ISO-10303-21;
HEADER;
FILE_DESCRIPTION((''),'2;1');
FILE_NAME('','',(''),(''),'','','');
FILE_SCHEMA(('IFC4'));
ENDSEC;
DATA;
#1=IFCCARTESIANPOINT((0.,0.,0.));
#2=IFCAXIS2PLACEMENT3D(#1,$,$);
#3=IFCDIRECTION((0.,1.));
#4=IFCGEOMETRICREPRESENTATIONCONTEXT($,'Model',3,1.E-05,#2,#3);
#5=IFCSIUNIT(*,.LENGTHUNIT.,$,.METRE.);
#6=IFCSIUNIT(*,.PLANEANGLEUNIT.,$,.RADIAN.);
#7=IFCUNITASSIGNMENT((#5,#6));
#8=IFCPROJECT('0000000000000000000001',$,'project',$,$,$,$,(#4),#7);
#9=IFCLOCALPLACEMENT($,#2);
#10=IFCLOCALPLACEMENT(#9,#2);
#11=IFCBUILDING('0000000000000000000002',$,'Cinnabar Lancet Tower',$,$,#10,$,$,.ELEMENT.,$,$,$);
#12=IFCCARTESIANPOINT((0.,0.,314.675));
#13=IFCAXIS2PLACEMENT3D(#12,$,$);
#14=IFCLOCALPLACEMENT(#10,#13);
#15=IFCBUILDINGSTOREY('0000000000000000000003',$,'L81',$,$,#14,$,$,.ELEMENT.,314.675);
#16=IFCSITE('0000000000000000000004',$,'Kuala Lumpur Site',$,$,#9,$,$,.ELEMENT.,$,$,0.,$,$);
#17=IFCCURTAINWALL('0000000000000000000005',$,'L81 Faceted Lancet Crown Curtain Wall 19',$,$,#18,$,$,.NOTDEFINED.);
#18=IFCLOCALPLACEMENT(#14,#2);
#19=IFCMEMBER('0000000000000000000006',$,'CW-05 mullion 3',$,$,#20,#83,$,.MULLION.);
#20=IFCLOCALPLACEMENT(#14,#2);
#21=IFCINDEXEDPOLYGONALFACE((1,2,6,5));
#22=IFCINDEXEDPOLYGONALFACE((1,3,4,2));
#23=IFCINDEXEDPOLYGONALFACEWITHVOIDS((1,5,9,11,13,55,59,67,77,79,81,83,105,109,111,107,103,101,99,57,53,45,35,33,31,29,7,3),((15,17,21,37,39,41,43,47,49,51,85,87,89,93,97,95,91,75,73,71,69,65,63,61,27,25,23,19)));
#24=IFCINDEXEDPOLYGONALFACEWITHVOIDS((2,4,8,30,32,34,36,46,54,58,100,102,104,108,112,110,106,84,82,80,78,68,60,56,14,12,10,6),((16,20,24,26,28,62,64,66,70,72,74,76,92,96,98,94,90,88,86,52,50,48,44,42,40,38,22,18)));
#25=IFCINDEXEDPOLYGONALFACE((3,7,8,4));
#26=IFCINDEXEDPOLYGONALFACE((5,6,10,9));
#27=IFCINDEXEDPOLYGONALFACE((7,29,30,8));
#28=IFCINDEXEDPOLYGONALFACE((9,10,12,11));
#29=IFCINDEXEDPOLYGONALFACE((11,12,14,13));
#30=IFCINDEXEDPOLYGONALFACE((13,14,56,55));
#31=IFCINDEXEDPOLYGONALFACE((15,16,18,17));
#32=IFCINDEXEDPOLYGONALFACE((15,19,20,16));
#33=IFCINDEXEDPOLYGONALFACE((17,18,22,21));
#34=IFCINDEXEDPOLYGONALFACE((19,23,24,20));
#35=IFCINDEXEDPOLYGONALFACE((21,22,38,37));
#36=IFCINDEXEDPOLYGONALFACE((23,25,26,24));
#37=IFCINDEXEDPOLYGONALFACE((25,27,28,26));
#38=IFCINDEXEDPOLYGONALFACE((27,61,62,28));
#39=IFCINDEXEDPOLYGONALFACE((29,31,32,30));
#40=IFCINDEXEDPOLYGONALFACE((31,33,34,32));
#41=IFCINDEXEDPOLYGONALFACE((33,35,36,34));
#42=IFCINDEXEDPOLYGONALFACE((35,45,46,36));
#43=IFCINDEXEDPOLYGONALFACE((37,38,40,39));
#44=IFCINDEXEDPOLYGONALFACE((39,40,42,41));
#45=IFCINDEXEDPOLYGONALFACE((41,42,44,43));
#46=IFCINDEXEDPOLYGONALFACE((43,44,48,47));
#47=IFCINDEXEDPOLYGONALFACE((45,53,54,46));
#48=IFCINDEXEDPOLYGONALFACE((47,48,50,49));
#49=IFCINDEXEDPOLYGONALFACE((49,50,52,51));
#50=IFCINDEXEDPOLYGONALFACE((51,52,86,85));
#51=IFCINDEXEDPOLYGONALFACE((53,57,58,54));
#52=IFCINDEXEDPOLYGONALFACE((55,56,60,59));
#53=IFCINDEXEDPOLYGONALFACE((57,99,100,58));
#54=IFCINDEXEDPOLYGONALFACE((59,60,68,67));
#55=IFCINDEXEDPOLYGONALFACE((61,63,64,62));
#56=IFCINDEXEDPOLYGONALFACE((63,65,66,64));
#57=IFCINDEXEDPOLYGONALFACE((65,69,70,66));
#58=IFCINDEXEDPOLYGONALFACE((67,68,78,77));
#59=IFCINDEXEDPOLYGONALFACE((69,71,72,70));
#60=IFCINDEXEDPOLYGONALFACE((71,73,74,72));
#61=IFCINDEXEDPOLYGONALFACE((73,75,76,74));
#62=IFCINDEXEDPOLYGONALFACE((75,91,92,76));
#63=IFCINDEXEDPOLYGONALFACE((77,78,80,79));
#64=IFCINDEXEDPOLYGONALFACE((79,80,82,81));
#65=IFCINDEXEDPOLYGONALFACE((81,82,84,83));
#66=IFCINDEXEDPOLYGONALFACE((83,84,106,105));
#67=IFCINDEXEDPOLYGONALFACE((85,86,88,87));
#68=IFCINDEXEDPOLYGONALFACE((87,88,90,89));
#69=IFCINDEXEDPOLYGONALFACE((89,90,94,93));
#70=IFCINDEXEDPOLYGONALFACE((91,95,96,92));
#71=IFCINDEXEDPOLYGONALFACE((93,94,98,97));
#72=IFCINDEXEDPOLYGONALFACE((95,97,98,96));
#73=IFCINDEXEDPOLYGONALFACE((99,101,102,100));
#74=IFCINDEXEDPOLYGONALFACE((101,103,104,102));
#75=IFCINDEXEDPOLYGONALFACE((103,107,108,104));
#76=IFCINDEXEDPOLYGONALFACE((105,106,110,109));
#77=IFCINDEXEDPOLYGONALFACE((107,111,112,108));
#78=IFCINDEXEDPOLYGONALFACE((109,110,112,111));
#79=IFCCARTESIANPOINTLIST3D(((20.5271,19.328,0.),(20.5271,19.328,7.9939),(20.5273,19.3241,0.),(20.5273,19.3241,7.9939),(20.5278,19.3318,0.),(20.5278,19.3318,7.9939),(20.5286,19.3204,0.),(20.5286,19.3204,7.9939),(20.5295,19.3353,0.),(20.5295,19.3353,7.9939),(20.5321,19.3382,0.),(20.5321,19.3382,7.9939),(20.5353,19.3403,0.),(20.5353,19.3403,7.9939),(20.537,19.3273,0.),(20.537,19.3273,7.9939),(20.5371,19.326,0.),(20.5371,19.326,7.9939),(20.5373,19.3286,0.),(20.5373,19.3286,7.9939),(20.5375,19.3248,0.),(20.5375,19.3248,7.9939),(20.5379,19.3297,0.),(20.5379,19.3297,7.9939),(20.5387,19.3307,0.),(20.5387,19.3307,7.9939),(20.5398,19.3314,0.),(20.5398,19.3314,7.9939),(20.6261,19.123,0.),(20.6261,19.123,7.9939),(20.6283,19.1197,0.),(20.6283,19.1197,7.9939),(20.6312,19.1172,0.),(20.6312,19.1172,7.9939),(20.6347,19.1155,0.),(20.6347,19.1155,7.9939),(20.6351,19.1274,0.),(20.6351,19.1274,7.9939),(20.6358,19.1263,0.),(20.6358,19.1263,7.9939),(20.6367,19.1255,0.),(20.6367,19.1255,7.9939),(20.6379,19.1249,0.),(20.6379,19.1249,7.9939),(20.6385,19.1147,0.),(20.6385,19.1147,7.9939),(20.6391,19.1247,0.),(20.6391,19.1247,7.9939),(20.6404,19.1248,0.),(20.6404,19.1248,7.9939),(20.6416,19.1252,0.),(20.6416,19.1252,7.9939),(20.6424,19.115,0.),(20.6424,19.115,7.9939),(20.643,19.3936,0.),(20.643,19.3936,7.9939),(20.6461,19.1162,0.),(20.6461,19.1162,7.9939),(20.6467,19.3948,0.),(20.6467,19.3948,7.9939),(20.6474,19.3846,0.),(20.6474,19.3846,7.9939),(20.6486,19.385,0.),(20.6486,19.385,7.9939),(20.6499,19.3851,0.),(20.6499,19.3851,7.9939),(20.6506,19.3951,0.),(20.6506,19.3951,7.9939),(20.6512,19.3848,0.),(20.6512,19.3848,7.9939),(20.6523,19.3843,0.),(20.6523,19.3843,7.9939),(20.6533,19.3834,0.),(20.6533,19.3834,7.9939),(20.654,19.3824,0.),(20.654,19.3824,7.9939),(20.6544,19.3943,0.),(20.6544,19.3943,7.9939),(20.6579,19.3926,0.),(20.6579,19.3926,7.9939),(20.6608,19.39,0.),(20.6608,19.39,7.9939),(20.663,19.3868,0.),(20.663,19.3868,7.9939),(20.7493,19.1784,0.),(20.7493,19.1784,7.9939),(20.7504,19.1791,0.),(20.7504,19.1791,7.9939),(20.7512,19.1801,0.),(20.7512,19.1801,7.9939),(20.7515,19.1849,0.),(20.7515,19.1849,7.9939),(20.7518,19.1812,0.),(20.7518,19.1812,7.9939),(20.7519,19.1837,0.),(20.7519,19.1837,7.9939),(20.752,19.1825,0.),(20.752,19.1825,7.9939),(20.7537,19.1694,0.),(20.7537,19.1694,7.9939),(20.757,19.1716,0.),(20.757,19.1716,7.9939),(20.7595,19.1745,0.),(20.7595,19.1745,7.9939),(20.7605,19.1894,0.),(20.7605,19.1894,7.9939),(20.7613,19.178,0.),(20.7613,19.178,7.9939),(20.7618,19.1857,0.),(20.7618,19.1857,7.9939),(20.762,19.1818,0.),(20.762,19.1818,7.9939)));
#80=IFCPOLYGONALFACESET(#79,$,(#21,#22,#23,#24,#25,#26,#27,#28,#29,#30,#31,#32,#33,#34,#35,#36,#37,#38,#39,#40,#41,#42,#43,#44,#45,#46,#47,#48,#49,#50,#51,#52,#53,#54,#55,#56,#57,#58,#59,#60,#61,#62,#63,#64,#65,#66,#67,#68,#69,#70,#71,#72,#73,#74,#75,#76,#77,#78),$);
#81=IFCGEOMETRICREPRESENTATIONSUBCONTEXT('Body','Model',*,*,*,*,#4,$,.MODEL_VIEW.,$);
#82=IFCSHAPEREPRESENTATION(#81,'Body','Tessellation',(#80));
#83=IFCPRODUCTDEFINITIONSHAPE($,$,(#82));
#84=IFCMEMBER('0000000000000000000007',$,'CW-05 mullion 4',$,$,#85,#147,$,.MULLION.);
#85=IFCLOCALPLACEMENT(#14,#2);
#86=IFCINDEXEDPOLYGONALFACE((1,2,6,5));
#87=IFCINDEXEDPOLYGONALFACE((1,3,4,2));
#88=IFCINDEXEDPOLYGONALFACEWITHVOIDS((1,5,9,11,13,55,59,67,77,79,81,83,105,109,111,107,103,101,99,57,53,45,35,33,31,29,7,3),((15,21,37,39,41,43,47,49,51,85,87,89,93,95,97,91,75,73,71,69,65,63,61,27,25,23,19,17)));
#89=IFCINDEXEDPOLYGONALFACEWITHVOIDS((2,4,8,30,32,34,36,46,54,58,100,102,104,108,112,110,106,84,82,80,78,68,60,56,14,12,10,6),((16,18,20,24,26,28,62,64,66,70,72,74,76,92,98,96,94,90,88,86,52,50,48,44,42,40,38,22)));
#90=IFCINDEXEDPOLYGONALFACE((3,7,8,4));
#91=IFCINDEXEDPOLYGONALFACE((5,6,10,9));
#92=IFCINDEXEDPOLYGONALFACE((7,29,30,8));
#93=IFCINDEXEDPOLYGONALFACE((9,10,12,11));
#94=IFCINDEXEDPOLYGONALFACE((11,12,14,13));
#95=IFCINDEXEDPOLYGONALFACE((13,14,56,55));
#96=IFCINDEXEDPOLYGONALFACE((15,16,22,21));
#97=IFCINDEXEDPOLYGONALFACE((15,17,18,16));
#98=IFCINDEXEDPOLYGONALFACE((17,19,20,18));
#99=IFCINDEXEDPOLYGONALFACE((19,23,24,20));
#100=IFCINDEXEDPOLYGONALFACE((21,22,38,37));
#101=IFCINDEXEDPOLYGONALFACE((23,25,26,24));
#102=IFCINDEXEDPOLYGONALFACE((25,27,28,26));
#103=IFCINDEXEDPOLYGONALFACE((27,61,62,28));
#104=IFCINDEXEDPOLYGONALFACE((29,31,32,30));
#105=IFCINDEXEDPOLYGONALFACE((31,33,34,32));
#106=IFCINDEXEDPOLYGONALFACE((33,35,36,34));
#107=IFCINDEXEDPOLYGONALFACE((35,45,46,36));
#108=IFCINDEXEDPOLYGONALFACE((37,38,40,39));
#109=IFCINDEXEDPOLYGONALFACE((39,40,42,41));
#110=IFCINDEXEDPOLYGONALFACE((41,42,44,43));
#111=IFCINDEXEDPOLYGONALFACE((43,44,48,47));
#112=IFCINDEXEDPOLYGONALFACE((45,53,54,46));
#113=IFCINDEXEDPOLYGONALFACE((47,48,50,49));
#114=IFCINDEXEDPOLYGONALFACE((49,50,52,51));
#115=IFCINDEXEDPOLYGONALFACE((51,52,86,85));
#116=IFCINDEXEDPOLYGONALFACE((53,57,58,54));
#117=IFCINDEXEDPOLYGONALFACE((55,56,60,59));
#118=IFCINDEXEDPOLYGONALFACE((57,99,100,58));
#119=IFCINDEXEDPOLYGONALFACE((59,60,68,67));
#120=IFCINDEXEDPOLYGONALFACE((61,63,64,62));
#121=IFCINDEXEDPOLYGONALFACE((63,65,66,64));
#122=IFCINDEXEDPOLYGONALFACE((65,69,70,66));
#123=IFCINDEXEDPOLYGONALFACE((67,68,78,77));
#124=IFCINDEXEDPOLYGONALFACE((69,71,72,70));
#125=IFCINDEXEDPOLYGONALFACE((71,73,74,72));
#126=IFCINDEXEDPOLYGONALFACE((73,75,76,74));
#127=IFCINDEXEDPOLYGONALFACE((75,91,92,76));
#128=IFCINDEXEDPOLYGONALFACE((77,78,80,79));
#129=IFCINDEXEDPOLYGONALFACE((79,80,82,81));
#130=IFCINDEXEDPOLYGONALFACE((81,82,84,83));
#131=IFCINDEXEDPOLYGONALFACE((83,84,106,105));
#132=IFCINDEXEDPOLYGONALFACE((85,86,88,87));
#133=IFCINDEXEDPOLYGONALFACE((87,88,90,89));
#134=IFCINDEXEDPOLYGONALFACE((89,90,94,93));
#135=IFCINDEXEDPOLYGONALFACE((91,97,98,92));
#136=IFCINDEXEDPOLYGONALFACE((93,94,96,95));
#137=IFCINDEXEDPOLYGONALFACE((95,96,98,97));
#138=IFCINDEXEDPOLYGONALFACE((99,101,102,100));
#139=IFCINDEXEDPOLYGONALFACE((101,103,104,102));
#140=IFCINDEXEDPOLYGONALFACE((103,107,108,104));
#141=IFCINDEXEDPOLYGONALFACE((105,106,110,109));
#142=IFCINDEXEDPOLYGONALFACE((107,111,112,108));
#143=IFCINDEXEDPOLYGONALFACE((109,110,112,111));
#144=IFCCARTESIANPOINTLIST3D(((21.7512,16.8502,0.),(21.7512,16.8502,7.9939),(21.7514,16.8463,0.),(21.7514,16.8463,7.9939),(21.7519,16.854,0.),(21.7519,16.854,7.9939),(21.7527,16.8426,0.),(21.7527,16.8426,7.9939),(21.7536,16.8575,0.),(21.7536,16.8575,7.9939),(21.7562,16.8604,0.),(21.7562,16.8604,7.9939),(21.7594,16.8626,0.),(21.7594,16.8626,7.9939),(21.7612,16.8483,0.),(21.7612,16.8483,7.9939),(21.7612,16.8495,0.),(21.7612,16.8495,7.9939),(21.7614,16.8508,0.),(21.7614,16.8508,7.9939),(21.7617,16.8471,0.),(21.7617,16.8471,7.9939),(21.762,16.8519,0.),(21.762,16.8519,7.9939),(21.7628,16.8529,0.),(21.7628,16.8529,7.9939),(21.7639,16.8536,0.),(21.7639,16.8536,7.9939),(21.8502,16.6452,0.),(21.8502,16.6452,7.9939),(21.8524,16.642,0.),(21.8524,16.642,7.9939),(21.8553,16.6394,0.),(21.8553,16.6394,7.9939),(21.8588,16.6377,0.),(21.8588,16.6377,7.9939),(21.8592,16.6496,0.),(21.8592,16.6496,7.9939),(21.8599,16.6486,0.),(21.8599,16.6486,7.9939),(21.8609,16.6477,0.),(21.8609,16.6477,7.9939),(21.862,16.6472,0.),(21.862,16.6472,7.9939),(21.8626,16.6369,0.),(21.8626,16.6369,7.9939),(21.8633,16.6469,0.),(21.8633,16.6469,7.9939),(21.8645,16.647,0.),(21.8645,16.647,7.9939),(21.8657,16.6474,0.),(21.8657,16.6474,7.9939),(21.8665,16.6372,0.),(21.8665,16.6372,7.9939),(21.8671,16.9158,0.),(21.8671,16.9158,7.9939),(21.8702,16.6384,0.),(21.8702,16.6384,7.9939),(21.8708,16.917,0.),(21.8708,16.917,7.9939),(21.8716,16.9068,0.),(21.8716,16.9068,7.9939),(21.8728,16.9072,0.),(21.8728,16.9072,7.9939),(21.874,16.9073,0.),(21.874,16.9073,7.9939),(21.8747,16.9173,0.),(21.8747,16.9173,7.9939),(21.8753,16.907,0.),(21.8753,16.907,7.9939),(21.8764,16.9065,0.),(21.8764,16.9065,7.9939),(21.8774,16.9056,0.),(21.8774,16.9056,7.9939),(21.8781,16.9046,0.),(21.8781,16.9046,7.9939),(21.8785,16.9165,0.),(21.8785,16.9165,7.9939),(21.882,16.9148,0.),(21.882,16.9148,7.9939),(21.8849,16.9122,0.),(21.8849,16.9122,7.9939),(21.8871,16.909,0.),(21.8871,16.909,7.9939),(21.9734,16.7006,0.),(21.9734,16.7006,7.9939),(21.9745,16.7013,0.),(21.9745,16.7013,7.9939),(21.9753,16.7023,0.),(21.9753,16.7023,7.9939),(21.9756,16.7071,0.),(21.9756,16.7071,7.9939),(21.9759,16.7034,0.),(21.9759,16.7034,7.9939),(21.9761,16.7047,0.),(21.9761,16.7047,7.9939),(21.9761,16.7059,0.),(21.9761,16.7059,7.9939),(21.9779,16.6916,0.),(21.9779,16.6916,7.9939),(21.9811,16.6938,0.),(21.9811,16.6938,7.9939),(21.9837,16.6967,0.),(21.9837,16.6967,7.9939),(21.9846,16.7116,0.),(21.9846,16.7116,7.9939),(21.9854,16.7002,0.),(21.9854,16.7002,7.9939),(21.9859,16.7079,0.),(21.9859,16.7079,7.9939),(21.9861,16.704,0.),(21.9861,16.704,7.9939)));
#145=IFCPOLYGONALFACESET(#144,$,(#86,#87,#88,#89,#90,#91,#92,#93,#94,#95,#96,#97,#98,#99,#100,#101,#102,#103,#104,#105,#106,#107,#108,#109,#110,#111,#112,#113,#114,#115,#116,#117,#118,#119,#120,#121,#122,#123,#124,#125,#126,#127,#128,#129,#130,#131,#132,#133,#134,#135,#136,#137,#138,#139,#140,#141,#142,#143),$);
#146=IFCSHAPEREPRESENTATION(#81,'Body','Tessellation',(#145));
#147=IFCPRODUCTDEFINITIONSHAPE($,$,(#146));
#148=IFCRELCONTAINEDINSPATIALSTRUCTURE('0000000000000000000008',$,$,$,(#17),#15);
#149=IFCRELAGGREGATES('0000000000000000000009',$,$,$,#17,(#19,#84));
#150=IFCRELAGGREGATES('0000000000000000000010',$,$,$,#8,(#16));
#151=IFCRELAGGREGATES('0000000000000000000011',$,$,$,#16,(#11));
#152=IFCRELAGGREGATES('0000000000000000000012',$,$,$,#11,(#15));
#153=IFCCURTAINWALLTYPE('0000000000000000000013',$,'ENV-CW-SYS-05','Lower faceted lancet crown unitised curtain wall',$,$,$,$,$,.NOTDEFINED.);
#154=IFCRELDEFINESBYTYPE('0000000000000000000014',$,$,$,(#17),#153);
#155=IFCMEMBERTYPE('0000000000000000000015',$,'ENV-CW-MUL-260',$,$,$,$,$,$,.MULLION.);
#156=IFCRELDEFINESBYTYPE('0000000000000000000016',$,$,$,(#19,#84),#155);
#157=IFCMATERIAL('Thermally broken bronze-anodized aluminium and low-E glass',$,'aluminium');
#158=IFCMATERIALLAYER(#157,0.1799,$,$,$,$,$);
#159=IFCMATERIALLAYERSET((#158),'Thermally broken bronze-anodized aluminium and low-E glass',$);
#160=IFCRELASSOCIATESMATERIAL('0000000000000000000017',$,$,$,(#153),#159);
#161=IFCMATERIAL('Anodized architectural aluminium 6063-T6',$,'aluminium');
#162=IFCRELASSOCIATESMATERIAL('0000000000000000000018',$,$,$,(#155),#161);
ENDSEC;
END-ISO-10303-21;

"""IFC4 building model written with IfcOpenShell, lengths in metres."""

from ifc_helpers import new_model, si_unit, direction, frame, origin, origin_2d, place, context, subcontext, project, spatial, hollow_rectangle, extrude, material, layer, layer_set, material_profile, profile_set, type_object, element, aggregate, save


model = new_model("IFC4")

# Units and contexts
model_context = context("Model", 3, precision=1e-05, world=origin(), true_north=direction((0.0, 1.0)))
body_context = subcontext(model_context, "Body", "Model", "MODEL_VIEW")
ifc_project = project(units=[si_unit("LENGTHUNIT", "METRE"), si_unit("PLANEANGLEUNIT", "RADIAN")], contexts=[model_context])

# Site, building, storey
site_placement = place(None, origin())
site = spatial("IfcSite", under=ifc_project, at=site_placement, Name="Kuala Lumpur Site", CompositionType="ELEMENT", RefElevation=0.0)
building_placement = place(site_placement, origin())
building = spatial("IfcBuilding", under=site, at=building_placement, Name="Cinnabar Lancet Tower", CompositionType="ELEMENT")
storey_placement = place(building_placement, frame((0.0, 0.0, 314.675)))
storey = spatial("IfcBuildingStorey", under=building, at=storey_placement, Name="L81", CompositionType="ELEMENT", Elevation=314.675)

# Curtain wall, members
ifc_material_1 = material(Name="Thermally broken bronze-anodized aluminium and low-E glass", Category="aluminium")
ifc_layer_1 = layer(ifc_material_1, 0.1799)
ifc_layer_set_1 = layer_set([ifc_layer_1], Name="Thermally broken bronze-anodized aluminium and low-E glass")
curtain_wall_type = type_object("IfcCurtainWallType", Name="ENV-CW-SYS-05", Description="Lower faceted lancet crown unitised curtain wall", PredefinedType="NOTDEFINED", material=ifc_layer_set_1)
curtain_wall_1_placement = place(storey_placement, origin())
curtain_wall_1 = element("IfcCurtainWall", 1, at=curtain_wall_1_placement, inside=storey, type_object=curtain_wall_type, Name="L81 Faceted Lancet Crown Curtain Wall 19", PredefinedType="NOTDEFINED")
ifc_material_2 = material(Name="Anodized architectural aluminium 6063-T6", Category="aluminium")
ifc_material_profile_1 = material_profile(ifc_material_2, hollow_rectangle(XDim=0.1499, YDim=0.25, WallThickness=0.01, InnerFilletRadius=0.0049, OuterFilletRadius=0.0149, at=origin_2d()), Name="RHS 250x150x10")
ifc_profile_set_1 = profile_set([ifc_material_profile_1], Name="Anodized architectural aluminium 6063-T6")
member_type_1 = type_object("IfcMemberType", Name="ENV-CW-MUL-260", PredefinedType="MULLION", material=ifc_profile_set_1)
member_1_placement = place(storey_placement, frame((20.6445, 19.2549, 0.0), z_axis=(0.0, 0.0, 1.0), x_axis=(0.896552, 0.442939, 0.0)))
member_1 = element("IfcMember", 2, at=member_1_placement, type_object=member_type_1, Name="CW-05 mullion 3", PredefinedType="MULLION", context=body_context, shape_type="SweptSolid", body=[
    extrude(hollow_rectangle(XDim=0.1499, YDim=0.25, WallThickness=0.01, InnerFilletRadius=0.0049, OuterFilletRadius=0.0149, at=origin_2d()), origin(), (0.0, 0.0, 1.0), 7.9939),
])
member_2_placement = place(storey_placement, frame((21.8687, 16.7771, 0.0), z_axis=(0.0, 0.0, 1.0), x_axis=(0.896552, 0.442939, 0.0)))
member_2 = element("IfcMember", 3, at=member_2_placement, type_object=member_type_1, Name="CW-05 mullion 4", PredefinedType="MULLION", context=body_context, shape_type="SweptSolid", body=[
    extrude(hollow_rectangle(XDim=0.1499, YDim=0.25, WallThickness=0.01, InnerFilletRadius=0.0049, OuterFilletRadius=0.0149, at=origin_2d()), origin(), (0.0, 0.0, 1.0), 7.9939),
])

aggregate(curtain_wall_1, [member_1, member_2])

save(model, "model.ifc")
